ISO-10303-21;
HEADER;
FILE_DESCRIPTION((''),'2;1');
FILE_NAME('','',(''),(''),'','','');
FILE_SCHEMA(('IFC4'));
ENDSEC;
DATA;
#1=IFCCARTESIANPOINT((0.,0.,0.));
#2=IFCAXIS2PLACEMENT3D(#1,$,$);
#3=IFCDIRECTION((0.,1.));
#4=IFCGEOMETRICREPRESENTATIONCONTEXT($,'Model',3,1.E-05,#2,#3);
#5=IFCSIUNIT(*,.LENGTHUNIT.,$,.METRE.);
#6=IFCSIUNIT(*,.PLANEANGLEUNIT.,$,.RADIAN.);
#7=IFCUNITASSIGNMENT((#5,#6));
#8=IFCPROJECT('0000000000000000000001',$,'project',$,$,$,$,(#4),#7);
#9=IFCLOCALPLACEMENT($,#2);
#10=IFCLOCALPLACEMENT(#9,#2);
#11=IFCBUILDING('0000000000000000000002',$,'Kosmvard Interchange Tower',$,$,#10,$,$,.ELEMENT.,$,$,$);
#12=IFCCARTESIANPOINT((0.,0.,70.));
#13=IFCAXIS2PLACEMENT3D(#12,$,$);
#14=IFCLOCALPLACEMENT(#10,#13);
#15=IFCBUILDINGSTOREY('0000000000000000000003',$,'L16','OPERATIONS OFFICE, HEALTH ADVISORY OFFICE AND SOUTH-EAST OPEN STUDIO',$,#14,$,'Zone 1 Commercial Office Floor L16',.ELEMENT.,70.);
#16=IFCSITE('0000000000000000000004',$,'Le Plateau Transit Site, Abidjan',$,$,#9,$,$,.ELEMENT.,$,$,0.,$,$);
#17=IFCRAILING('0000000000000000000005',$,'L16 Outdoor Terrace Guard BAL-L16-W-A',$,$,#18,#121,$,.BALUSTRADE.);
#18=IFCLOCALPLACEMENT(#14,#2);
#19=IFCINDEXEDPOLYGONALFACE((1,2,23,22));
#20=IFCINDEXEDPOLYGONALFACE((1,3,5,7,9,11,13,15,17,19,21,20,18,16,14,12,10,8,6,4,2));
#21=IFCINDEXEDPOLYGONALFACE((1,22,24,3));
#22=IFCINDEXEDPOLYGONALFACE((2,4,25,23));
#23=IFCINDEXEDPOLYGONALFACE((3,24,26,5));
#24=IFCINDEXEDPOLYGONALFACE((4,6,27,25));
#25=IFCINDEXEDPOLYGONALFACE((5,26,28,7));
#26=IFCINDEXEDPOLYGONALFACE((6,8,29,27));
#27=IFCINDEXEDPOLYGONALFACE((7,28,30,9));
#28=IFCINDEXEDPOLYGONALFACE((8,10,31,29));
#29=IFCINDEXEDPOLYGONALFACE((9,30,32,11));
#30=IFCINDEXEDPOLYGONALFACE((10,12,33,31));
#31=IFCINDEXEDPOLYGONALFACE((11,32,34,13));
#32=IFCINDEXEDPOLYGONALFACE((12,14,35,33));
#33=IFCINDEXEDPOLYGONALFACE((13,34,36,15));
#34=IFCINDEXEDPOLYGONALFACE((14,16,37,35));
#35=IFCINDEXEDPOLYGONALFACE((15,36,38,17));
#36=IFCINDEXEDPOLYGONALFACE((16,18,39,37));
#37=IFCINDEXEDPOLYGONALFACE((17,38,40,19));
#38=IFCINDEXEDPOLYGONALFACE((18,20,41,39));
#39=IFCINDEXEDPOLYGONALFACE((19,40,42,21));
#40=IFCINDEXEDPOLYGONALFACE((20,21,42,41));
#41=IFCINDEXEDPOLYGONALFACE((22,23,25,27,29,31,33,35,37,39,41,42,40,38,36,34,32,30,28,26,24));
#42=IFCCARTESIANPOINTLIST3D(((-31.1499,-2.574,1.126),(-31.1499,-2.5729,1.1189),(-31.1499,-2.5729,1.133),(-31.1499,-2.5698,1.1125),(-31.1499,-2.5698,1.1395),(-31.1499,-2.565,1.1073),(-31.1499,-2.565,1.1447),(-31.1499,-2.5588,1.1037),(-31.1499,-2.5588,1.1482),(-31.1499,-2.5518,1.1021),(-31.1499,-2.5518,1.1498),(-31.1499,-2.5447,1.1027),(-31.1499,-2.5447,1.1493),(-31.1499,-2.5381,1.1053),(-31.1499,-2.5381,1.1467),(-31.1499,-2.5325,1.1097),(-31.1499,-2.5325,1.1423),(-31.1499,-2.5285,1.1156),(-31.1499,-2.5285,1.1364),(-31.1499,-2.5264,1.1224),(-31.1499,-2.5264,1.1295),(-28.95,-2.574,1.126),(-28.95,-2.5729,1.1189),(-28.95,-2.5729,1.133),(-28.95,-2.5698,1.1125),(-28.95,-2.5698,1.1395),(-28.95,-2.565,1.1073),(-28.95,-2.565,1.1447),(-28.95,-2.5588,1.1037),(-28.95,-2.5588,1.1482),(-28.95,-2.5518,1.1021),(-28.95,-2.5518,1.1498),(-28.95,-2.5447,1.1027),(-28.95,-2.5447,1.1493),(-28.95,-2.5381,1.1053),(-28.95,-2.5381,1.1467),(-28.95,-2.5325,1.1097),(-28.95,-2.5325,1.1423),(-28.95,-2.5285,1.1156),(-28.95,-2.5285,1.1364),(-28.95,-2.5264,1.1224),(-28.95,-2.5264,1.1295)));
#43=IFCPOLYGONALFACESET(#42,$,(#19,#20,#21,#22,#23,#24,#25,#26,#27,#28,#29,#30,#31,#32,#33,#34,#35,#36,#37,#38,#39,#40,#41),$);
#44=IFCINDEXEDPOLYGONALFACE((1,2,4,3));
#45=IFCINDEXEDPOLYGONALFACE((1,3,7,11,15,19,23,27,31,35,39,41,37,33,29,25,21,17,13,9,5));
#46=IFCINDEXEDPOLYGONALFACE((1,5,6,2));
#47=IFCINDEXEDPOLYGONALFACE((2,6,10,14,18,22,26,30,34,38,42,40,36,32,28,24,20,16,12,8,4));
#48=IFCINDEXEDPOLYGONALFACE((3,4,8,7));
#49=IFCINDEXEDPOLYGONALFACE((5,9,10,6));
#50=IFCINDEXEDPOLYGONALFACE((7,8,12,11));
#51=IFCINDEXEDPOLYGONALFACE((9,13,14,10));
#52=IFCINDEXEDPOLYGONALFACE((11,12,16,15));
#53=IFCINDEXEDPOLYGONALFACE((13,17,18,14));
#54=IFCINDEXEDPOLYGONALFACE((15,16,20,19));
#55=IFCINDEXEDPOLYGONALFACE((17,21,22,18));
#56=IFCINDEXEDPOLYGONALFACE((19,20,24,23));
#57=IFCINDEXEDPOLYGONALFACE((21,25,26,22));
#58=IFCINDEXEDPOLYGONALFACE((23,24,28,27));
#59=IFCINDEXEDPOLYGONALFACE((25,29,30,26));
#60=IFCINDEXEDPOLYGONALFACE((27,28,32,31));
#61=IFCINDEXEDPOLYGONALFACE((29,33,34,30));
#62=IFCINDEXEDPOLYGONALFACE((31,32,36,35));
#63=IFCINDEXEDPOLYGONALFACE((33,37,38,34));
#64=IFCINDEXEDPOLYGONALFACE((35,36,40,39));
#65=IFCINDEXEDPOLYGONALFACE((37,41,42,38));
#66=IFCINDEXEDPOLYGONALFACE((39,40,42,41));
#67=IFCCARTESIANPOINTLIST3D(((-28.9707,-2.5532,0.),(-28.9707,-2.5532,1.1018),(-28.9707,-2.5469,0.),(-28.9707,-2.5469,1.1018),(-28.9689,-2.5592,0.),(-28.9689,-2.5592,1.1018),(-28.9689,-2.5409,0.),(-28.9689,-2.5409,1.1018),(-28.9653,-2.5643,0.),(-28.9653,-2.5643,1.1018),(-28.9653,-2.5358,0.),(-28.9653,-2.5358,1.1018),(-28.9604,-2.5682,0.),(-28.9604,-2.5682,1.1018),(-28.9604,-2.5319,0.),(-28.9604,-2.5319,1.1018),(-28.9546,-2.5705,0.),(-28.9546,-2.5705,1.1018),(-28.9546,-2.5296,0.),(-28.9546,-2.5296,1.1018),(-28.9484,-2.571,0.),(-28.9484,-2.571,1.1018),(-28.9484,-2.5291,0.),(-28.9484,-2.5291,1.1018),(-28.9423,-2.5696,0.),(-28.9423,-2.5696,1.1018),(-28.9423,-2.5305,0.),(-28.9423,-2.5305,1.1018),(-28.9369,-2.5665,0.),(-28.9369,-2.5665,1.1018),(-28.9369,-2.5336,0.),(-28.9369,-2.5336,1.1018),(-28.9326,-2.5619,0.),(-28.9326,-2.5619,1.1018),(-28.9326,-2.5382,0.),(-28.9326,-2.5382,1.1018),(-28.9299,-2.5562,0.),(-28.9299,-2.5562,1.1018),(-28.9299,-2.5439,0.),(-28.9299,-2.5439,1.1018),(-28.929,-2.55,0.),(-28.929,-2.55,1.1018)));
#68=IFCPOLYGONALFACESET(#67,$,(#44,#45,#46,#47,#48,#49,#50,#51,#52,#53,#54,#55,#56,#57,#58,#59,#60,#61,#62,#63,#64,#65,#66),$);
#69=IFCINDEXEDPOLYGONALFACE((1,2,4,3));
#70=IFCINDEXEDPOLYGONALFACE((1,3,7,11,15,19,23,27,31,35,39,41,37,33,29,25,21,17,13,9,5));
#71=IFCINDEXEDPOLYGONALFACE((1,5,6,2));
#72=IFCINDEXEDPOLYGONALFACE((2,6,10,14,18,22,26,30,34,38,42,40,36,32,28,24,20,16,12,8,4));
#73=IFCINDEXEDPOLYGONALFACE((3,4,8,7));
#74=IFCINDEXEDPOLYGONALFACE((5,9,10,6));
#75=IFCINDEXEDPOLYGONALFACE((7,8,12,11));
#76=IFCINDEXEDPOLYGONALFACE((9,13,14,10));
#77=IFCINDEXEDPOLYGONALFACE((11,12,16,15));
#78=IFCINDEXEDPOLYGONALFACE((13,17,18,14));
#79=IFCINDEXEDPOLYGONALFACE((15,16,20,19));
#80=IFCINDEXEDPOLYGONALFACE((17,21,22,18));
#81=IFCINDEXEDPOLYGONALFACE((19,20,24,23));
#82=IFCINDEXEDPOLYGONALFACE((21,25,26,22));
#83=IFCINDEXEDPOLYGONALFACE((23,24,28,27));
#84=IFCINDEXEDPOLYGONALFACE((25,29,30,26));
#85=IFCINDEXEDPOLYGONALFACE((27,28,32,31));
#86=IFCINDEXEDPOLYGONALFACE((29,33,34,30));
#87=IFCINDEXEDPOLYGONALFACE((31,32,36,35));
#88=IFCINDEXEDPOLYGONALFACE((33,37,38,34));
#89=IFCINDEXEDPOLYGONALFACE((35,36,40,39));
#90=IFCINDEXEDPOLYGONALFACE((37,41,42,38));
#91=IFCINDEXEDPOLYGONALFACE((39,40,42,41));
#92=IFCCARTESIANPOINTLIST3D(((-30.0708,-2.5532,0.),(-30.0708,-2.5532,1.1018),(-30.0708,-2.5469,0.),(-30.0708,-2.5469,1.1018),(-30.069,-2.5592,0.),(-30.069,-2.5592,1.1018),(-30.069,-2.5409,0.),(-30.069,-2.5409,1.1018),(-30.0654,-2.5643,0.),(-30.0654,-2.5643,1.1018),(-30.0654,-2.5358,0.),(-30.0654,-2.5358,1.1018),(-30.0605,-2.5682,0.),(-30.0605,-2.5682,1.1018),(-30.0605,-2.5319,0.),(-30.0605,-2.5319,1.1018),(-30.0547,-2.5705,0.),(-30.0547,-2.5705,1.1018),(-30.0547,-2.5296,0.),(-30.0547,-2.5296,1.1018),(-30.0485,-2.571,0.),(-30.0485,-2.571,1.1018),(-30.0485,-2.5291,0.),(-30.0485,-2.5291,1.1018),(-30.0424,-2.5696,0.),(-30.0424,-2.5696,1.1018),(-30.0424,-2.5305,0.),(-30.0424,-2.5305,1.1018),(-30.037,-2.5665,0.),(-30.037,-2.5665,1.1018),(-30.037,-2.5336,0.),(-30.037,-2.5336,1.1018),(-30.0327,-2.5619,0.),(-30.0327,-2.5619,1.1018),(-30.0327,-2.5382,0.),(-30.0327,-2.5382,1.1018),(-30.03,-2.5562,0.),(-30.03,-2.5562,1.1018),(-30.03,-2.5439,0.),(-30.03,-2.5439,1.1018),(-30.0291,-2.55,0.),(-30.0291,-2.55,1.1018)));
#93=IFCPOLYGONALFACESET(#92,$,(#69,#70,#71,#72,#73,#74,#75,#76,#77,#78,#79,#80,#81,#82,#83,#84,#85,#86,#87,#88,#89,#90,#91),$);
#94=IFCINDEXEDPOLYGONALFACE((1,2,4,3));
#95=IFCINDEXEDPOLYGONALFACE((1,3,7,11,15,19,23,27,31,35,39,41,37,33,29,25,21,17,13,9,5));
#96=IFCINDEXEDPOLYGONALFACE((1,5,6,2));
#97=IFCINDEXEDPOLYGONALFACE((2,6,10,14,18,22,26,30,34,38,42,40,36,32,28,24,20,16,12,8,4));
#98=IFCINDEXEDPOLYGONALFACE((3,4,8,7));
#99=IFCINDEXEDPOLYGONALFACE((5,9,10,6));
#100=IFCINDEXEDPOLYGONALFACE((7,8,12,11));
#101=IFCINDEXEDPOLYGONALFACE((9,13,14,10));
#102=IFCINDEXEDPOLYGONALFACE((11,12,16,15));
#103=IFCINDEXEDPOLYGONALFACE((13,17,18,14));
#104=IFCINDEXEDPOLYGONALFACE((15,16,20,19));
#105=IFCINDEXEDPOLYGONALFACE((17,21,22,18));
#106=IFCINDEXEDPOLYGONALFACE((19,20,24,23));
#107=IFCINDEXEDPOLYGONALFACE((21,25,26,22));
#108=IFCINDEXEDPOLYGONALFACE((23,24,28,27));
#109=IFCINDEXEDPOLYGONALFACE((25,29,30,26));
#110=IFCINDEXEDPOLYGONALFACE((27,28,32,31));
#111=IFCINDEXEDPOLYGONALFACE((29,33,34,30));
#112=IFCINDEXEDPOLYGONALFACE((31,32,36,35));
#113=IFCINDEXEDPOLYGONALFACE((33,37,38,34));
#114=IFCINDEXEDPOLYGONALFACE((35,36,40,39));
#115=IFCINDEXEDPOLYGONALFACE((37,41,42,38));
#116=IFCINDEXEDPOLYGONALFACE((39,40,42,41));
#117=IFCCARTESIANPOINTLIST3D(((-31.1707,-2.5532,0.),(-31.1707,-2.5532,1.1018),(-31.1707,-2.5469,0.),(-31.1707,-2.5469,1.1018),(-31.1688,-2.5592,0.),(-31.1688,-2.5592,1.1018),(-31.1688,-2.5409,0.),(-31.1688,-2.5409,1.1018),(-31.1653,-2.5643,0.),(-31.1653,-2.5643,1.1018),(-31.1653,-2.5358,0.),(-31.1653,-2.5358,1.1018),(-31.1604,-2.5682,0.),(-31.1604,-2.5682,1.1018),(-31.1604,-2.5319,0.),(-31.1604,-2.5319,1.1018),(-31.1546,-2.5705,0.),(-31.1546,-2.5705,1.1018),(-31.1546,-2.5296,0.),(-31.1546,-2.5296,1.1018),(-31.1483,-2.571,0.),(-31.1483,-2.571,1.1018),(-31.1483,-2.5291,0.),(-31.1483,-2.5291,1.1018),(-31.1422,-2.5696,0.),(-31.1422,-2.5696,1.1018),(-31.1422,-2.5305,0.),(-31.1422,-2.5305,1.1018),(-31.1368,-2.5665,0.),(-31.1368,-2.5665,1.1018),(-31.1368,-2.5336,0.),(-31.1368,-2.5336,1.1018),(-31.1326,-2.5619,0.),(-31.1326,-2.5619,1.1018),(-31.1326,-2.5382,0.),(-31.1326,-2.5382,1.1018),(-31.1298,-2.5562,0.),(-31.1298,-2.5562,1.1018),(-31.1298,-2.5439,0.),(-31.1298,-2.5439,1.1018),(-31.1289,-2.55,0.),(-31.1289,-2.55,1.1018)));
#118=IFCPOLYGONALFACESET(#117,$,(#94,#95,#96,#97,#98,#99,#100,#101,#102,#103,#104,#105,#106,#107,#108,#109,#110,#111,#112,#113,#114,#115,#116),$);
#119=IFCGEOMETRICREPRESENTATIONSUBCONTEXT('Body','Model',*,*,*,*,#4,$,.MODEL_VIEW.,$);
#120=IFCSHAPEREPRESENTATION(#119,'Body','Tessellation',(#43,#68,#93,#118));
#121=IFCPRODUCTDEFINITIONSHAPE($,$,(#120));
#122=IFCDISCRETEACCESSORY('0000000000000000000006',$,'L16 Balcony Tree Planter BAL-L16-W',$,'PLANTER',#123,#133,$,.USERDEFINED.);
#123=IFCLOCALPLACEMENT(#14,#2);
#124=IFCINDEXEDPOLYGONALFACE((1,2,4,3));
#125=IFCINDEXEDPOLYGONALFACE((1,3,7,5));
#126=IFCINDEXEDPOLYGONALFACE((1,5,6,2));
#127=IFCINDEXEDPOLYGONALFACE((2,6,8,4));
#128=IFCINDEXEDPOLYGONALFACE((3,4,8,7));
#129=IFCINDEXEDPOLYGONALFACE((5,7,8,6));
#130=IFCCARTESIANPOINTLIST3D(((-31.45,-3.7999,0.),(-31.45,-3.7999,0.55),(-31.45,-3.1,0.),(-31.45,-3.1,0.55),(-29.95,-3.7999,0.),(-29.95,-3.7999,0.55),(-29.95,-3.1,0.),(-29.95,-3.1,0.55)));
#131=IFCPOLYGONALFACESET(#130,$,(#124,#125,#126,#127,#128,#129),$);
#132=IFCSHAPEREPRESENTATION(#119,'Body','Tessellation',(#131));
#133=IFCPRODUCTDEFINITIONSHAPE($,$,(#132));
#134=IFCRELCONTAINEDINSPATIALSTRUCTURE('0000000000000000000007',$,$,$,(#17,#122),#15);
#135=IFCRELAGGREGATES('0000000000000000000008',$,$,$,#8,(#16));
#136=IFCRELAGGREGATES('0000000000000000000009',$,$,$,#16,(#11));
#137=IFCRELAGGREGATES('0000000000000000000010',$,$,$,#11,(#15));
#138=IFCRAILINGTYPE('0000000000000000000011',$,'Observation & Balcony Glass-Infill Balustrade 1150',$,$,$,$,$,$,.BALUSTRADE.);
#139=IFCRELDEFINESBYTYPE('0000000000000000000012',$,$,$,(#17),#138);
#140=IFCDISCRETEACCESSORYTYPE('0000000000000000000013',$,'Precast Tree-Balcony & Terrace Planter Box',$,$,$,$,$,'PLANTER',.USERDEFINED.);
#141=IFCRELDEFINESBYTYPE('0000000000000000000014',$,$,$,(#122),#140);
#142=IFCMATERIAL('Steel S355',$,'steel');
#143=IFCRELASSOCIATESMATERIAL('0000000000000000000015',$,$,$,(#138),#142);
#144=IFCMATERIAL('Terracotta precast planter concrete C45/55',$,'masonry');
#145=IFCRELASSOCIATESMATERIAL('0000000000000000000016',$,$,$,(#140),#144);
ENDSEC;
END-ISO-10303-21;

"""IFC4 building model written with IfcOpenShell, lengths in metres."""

from ifc_helpers import new_model, si_unit, direction, frame, origin, origin_2d, place, context, subcontext, project, spatial, rectangle, circle, extrude, source, transform, mapped, material, type_object, element, save


model = new_model("IFC4")

# Units and contexts
model_context = context("Model", 3, precision=1e-05, world=origin(), true_north=direction((0.0, 1.0)))
body_context = subcontext(model_context, "Body", "Model", "MODEL_VIEW")
ifc_project = project(units=[si_unit("LENGTHUNIT", "METRE"), si_unit("PLANEANGLEUNIT", "RADIAN")], contexts=[model_context])

# Site, building, storey
site_placement = place(None, origin())
site = spatial("IfcSite", under=ifc_project, at=site_placement, Name="Le Plateau Transit Site, Abidjan", CompositionType="ELEMENT", RefElevation=0.0)
building_placement = place(site_placement, origin())
building = spatial("IfcBuilding", under=site, at=building_placement, Name="Kosmvard Interchange Tower", CompositionType="ELEMENT")
storey_placement = place(building_placement, frame((0.0, 0.0, 70.0)))
storey = spatial("IfcBuildingStorey", under=building, at=storey_placement, Name="L16", Description="OPERATIONS OFFICE, HEALTH ADVISORY OFFICE AND SOUTH-EAST OPEN STUDIO", LongName="Zone 1 Commercial Office Floor L16", CompositionType="ELEMENT", Elevation=70.0)

# Shared definitions
ifc_material_1 = material(Name="Steel S355", Category="steel")

# Railing
railing_type = type_object("IfcRailingType", Name="Observation & Balcony Glass-Infill Balustrade 1150", PredefinedType="BALUSTRADE", material=ifc_material_1)
shared_shape_1 = source(origin(), body_context, "Body", "SweptSolid", [
    extrude(circle(Radius=0.0239, at=origin_2d()), frame((0.0, 0.0, 1.126), z_axis=(-1.0, 0.0, 0.0), x_axis=(0.0, -1.0, 0.0)), (0.0, 0.0, 1.0), 2.2),
    extrude(circle(Radius=0.021, at=origin_2d()), origin(), (0.0, 0.0, 1.0), 1.1018),
    extrude(circle(Radius=0.021, at=origin_2d()), frame((-1.1001, 0.0, 0.0)), (0.0, 0.0, 1.0), 1.1018),
    extrude(circle(Radius=0.021, at=origin_2d()), frame((-2.2, 0.0, 0.0)), (0.0, 0.0, 1.0), 1.1018),
])
railing_1_placement = place(storey_placement, frame((-28.95, -2.55, 0.0)))
element("IfcRailing", 1, at=railing_1_placement, inside=storey, type_object=railing_type, Name="L16 Outdoor Terrace Guard BAL-L16-W-A", PredefinedType="BALUSTRADE", context=body_context, shape_type="MappedRepresentation", body=[
    mapped(shared_shape_1, transform((0.0, 0.0, 0.0), scale=1.0)),
])

# Discrete accessory
ifc_material_2 = material(Name="Terracotta precast planter concrete C45/55", Category="masonry")
discrete_accessory_type = type_object("IfcDiscreteAccessoryType", Name="Precast Tree-Balcony & Terrace Planter Box", ElementType="PLANTER", PredefinedType="USERDEFINED", material=ifc_material_2)
shared_shape_2 = source(origin(), body_context, "Body", "SweptSolid", [
    extrude(rectangle(XDim=1.5, YDim=0.7, at=origin_2d()), origin(), (0.0, 0.0, 1.0), 0.55),
])
discrete_accessory_placement = place(storey_placement, frame((-30.7, -3.45, 0.0), z_axis=(0.0, 0.0, 1.0), x_axis=(1.0, 0.0, 0.0)))
element("IfcDiscreteAccessory", 2, at=discrete_accessory_placement, inside=storey, type_object=discrete_accessory_type, Name="L16 Balcony Tree Planter BAL-L16-W", ObjectType="PLANTER", PredefinedType="USERDEFINED", context=body_context, shape_type="MappedRepresentation", body=[
    mapped(shared_shape_2, transform((0.0, 0.0, 0.0), scale=1.0)),
])

save(model, "model.ifc")
